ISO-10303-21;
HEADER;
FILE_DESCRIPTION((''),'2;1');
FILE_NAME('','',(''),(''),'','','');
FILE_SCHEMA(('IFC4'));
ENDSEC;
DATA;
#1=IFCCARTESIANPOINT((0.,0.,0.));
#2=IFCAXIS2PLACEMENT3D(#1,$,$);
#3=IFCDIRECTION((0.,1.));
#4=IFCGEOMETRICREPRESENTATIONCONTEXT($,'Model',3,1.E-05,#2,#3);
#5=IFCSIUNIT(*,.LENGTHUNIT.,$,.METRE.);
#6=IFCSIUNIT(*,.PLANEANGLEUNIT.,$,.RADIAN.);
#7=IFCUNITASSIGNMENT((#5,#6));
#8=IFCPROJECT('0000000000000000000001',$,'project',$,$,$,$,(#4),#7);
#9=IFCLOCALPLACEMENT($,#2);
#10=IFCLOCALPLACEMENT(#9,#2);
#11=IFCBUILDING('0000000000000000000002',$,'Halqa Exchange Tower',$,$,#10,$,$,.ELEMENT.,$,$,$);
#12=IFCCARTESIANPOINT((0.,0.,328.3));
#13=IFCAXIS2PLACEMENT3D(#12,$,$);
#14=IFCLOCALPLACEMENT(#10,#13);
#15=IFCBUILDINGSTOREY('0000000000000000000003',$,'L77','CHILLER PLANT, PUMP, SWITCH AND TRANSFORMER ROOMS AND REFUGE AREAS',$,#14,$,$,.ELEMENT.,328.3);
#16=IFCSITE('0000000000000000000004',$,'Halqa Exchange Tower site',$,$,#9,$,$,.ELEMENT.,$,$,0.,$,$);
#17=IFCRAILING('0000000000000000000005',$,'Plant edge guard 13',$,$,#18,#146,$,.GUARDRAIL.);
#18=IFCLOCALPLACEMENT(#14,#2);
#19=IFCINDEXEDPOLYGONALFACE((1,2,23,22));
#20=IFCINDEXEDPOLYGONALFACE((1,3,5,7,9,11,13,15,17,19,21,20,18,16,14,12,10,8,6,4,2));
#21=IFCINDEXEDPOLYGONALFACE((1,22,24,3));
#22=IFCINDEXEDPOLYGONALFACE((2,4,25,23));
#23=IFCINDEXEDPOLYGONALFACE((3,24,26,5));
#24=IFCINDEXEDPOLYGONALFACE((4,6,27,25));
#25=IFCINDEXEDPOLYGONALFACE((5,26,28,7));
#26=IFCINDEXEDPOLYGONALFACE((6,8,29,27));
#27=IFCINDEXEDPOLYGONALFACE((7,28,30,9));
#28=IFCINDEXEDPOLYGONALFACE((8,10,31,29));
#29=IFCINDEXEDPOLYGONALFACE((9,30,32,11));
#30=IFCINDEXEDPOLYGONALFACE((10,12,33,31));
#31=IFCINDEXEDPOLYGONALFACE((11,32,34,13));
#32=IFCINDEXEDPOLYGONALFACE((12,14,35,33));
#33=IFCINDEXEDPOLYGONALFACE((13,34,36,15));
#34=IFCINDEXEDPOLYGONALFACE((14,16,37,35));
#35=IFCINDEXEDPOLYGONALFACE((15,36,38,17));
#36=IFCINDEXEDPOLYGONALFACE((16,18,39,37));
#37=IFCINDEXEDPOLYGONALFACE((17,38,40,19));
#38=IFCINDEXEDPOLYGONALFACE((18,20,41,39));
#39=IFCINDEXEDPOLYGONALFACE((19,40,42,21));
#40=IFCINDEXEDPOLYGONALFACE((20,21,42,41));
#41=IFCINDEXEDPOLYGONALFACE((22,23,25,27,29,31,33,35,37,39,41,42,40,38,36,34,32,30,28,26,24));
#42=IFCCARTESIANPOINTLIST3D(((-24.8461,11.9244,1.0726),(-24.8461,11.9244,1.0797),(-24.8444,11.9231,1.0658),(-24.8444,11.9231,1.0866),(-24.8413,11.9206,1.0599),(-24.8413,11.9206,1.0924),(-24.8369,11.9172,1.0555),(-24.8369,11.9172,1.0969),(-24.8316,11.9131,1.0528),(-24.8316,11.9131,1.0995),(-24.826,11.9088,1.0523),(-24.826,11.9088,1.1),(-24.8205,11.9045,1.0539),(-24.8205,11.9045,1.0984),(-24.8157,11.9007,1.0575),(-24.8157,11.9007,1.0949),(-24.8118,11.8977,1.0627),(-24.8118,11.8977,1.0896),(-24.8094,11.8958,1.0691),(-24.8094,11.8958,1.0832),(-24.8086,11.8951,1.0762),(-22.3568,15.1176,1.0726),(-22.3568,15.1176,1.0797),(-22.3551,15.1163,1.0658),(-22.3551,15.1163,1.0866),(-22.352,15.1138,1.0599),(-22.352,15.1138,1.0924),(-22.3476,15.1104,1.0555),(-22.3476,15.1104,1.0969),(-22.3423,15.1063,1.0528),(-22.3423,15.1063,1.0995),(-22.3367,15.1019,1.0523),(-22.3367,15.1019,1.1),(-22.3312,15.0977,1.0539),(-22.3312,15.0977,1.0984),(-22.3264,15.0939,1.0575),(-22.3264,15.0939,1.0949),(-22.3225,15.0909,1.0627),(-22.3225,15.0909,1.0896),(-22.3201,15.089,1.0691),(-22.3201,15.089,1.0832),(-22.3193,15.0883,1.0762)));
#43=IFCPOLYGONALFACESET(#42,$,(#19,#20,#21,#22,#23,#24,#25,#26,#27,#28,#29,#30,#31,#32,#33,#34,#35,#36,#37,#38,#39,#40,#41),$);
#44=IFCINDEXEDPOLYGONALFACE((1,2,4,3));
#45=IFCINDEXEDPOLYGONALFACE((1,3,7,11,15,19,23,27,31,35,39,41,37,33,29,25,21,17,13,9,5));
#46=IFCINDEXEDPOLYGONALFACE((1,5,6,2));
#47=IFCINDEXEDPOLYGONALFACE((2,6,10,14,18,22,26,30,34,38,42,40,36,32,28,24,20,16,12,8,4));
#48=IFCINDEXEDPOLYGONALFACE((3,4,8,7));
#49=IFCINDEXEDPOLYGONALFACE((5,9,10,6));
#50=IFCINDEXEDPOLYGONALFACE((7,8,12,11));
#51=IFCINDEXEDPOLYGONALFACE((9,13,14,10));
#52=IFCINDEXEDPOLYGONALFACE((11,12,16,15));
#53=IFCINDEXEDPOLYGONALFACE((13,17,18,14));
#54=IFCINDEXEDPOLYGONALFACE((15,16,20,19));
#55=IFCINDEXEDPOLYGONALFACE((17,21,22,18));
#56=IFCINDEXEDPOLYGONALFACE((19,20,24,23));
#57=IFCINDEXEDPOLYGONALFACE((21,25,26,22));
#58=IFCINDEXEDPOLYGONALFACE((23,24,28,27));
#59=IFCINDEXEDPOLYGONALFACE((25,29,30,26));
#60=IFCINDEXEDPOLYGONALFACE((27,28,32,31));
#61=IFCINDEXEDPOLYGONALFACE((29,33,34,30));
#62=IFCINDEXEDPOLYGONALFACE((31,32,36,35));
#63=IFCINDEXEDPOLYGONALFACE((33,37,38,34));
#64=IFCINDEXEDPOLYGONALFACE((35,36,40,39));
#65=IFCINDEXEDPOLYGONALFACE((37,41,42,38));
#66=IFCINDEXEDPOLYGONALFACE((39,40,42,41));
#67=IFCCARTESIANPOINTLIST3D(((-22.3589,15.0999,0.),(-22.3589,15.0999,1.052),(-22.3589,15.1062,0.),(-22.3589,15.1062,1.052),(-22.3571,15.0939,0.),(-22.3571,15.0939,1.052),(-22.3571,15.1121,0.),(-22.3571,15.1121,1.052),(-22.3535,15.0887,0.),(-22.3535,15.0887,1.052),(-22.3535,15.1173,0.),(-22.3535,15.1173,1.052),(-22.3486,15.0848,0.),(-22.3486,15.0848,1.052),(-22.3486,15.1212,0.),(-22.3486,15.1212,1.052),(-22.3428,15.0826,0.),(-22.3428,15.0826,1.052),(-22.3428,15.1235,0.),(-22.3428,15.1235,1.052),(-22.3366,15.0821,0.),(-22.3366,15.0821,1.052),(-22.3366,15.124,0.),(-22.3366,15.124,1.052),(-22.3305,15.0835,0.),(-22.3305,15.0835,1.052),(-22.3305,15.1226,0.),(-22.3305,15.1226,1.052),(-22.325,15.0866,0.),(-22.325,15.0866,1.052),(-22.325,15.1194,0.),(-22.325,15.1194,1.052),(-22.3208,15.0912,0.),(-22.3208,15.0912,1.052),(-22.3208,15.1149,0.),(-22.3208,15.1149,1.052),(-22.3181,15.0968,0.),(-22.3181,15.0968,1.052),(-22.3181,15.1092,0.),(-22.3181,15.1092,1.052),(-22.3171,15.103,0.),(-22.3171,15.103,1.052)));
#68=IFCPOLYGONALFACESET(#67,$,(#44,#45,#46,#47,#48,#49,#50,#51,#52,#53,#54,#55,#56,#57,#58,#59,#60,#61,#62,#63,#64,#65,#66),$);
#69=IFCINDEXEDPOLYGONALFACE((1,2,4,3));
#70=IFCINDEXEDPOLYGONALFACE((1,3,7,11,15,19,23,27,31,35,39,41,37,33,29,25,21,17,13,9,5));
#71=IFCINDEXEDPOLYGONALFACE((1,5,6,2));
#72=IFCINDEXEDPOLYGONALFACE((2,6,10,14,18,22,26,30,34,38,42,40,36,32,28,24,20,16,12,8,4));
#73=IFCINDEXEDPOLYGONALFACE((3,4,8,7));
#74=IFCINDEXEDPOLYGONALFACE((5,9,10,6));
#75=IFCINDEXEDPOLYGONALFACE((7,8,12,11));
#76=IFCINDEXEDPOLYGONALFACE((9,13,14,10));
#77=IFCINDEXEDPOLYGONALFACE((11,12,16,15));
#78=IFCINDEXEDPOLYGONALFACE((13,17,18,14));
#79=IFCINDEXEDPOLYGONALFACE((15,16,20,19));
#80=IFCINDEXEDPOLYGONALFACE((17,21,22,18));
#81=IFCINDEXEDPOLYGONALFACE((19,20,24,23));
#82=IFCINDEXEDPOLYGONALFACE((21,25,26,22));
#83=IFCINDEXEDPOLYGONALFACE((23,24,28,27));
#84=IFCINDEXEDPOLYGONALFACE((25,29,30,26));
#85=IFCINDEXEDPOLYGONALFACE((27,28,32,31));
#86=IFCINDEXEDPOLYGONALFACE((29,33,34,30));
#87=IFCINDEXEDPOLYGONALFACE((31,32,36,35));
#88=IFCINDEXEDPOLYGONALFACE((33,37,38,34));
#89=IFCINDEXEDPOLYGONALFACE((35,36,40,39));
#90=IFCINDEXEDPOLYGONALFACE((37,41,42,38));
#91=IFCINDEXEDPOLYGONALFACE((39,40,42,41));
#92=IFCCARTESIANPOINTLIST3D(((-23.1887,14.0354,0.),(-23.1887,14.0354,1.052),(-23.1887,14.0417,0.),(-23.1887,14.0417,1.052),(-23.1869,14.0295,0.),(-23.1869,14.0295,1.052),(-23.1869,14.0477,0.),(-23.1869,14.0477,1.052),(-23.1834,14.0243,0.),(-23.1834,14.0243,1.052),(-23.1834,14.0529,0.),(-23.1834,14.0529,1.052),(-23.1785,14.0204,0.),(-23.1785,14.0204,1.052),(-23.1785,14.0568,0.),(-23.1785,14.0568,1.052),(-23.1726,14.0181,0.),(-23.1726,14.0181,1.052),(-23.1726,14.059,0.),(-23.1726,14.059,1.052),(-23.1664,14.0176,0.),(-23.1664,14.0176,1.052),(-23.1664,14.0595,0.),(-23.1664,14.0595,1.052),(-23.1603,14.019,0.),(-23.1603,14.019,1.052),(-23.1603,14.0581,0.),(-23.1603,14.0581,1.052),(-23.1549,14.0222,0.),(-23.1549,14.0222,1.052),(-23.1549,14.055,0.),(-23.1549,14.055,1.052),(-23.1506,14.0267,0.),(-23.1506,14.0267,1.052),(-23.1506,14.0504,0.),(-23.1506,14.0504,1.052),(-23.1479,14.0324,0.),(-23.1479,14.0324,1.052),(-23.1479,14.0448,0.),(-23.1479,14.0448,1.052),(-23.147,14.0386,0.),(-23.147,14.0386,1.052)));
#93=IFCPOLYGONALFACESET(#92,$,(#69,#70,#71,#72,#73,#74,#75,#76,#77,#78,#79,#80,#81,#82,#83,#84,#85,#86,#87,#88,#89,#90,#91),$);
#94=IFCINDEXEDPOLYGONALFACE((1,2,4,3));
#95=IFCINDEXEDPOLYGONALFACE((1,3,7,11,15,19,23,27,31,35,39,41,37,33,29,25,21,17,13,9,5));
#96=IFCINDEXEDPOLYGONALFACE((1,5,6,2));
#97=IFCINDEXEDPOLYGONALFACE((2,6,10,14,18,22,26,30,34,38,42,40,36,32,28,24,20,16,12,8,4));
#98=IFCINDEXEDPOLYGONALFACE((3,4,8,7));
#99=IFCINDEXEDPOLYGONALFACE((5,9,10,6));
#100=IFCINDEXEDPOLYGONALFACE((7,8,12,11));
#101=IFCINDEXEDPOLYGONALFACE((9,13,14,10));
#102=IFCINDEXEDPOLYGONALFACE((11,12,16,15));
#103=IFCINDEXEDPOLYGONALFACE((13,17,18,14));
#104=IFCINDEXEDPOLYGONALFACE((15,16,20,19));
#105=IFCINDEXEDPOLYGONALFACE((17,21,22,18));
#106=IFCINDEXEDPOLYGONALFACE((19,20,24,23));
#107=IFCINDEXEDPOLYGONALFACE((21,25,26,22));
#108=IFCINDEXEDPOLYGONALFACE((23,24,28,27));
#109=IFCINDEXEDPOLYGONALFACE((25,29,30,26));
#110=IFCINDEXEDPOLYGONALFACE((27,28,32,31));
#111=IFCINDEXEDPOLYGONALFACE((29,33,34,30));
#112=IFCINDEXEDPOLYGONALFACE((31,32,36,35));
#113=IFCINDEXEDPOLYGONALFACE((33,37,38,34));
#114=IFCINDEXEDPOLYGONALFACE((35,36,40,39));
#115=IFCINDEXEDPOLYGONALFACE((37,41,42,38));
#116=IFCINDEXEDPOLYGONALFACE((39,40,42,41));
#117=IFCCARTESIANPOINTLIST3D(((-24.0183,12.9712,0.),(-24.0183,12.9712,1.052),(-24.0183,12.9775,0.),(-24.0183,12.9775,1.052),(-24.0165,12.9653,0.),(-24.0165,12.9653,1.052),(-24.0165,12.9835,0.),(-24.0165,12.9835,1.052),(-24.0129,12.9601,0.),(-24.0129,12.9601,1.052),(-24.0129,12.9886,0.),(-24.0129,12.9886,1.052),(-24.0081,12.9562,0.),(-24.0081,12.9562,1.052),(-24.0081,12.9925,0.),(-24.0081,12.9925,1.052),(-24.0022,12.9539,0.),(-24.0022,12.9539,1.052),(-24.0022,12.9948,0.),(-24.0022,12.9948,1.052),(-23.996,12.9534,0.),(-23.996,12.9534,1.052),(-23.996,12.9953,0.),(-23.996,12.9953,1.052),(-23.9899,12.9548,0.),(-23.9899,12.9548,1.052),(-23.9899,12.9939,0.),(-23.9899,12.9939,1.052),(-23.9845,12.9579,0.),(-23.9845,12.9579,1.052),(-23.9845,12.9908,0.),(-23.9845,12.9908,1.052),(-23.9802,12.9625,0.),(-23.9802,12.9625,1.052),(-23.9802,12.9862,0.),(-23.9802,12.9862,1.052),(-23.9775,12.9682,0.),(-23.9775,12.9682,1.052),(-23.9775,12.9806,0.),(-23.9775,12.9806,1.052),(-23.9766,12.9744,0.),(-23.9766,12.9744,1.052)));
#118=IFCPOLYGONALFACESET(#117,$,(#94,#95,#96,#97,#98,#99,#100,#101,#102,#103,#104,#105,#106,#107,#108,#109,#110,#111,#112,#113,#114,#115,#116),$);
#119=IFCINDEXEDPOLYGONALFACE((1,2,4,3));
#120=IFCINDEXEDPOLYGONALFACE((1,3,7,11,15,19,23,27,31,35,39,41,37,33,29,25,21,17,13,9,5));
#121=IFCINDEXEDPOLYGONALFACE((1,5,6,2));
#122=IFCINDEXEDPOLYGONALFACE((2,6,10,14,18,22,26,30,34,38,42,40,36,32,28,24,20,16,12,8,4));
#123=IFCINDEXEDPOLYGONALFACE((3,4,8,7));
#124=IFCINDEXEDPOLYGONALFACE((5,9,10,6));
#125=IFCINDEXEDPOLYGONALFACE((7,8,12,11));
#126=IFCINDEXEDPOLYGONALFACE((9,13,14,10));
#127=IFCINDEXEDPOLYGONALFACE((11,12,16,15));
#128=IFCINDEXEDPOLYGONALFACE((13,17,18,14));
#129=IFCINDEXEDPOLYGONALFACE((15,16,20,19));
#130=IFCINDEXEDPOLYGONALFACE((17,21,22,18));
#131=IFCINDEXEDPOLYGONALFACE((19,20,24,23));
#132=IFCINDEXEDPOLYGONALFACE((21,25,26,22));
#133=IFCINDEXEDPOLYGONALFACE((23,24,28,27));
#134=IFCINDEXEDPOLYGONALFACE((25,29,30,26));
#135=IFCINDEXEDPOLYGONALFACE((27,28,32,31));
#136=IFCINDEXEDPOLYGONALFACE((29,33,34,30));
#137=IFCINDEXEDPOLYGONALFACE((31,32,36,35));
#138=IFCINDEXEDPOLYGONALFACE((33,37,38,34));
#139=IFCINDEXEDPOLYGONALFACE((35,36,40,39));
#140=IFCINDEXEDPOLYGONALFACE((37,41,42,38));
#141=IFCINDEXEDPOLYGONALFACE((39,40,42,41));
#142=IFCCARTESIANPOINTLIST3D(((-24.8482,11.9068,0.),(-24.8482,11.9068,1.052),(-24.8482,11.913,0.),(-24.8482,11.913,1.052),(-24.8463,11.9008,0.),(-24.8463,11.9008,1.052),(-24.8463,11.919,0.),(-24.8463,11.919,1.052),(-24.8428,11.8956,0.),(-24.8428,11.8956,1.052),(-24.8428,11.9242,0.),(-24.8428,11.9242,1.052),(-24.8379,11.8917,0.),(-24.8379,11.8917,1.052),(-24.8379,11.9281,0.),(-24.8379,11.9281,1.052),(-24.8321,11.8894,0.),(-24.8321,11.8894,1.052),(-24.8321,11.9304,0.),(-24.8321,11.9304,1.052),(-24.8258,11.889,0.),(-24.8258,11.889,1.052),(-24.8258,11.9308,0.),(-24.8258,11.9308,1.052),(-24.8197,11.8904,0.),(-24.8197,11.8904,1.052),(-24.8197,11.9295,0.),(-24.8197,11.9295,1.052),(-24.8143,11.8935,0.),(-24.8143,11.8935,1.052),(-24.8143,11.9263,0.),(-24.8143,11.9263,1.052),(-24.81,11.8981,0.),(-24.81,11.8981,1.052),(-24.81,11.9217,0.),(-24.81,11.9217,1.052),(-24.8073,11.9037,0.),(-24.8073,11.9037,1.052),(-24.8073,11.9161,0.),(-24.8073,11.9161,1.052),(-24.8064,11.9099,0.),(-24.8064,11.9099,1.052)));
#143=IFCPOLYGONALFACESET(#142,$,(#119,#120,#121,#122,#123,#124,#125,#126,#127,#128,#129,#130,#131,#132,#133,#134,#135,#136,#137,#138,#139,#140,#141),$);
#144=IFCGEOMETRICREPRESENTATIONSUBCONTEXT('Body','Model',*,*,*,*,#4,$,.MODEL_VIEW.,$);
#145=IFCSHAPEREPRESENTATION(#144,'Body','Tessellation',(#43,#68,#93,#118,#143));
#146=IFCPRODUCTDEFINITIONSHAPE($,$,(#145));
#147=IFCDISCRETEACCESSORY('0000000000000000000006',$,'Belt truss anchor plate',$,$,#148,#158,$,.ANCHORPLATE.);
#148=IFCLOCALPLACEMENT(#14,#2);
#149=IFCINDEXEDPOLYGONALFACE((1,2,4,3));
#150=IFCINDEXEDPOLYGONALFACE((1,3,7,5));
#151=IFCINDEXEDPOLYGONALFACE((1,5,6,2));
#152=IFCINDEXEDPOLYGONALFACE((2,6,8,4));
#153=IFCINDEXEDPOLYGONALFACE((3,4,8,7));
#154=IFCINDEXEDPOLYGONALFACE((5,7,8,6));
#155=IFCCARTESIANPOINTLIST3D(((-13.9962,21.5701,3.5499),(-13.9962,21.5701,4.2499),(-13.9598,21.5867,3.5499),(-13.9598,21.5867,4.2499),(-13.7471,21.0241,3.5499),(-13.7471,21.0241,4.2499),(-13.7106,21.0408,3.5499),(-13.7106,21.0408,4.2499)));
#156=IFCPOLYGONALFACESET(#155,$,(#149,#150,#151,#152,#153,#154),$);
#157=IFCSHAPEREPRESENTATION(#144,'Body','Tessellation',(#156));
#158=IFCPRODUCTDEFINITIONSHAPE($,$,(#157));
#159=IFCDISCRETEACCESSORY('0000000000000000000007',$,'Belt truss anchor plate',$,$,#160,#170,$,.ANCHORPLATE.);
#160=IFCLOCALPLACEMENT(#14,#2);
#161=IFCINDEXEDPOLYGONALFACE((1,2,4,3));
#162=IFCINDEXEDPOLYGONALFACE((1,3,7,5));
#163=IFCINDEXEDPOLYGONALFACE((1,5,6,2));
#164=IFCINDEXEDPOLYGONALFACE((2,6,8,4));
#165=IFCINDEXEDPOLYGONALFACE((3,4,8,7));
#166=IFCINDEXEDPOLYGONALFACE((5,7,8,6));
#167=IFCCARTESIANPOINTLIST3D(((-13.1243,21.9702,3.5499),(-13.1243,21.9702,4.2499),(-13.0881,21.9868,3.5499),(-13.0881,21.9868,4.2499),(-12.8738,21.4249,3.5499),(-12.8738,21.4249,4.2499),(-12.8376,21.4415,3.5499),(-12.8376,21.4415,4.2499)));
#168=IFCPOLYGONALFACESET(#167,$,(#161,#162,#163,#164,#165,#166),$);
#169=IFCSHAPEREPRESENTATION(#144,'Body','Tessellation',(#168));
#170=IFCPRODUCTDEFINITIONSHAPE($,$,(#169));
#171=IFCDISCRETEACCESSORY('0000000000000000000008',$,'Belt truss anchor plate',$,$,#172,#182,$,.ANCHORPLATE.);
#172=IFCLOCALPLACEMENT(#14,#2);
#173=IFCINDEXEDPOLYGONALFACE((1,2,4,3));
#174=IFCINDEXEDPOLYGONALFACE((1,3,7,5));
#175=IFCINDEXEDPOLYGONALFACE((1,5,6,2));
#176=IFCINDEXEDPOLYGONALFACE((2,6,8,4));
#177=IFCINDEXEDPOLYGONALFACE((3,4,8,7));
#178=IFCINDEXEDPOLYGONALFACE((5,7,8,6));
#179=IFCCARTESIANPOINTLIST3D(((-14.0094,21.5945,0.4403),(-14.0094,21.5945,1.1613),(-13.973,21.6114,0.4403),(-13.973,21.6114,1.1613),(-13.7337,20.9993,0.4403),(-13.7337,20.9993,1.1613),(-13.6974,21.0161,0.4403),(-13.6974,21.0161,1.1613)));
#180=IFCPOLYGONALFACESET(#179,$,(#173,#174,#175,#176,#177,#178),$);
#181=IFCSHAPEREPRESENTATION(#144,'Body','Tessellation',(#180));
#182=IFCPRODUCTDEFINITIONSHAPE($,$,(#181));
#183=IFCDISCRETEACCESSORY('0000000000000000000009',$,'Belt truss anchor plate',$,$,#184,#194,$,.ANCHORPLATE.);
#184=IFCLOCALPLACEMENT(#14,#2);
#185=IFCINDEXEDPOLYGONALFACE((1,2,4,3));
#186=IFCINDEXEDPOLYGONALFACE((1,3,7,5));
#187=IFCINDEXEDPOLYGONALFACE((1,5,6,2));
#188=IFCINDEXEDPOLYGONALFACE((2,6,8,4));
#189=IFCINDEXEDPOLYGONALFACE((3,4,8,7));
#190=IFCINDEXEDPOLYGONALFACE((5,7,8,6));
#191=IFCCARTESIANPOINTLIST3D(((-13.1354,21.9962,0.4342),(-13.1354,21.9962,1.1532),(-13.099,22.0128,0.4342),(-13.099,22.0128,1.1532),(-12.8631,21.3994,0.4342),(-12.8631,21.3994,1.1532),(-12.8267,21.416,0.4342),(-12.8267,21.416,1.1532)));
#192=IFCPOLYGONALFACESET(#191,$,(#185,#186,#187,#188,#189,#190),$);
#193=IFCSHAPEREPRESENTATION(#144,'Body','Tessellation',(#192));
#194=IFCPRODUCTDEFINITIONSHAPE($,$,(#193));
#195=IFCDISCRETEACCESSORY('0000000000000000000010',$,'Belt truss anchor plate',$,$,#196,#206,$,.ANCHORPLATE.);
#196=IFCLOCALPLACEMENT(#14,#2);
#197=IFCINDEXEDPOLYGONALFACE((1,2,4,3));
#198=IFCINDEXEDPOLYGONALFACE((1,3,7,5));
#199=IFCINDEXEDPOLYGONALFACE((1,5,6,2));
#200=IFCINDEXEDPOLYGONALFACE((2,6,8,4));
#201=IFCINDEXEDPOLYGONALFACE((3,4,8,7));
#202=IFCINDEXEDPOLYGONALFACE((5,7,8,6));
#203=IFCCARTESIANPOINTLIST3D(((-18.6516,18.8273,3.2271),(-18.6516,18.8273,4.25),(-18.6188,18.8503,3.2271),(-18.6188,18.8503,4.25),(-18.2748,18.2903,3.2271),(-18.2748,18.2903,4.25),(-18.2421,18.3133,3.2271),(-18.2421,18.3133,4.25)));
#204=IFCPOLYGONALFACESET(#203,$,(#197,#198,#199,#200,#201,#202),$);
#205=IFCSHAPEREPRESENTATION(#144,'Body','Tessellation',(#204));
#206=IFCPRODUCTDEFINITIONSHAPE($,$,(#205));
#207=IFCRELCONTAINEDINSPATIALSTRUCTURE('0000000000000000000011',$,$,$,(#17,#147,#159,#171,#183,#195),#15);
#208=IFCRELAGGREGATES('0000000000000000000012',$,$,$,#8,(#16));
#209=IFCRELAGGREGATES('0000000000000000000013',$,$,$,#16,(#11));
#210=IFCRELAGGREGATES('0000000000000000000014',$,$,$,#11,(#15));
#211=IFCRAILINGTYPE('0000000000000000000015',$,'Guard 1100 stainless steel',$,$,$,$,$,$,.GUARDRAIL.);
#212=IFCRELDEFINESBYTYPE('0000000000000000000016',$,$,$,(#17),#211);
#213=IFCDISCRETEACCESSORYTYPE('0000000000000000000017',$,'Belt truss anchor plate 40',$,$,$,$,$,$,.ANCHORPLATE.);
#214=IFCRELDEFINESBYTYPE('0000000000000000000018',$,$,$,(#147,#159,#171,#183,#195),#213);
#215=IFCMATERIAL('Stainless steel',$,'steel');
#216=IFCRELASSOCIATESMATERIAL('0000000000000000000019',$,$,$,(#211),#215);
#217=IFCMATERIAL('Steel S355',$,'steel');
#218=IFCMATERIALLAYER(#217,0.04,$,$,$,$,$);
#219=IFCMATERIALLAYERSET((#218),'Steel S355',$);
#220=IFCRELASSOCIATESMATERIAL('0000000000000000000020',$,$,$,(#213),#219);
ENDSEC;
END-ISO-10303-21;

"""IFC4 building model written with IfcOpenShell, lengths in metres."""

from ifc_helpers import new_model, si_unit, direction, frame, origin, origin_2d, place, context, subcontext, project, spatial, rectangle, circle, extrude, material, layer, layer_set, type_object, element, save


model = new_model("IFC4")

# Units and contexts
model_context = context("Model", 3, precision=1e-05, world=origin(), true_north=direction((0.0, 1.0)))
body_context = subcontext(model_context, "Body", "Model", "MODEL_VIEW")
ifc_project = project(units=[si_unit("LENGTHUNIT", "METRE"), si_unit("PLANEANGLEUNIT", "RADIAN")], contexts=[model_context])

# Site, building, storey
site_placement = place(None, origin())
site = spatial("IfcSite", under=ifc_project, at=site_placement, Name="Halqa Exchange Tower site", CompositionType="ELEMENT", RefElevation=0.0)
building_placement = place(site_placement, origin())
building = spatial("IfcBuilding", under=site, at=building_placement, Name="Halqa Exchange Tower", CompositionType="ELEMENT")
storey_placement = place(building_placement, frame((0.0, 0.0, 328.3)))
storey = spatial("IfcBuildingStorey", under=building, at=storey_placement, Name="L77", Description="CHILLER PLANT, PUMP, SWITCH AND TRANSFORMER ROOMS AND REFUGE AREAS", CompositionType="ELEMENT", Elevation=328.3)

# Shared definitions
ifc_material_1 = material(Name="Steel S355", Category="steel")

# Railing
ifc_material_2 = material(Name="Stainless steel", Category="steel")
railing_type = type_object("IfcRailingType", Name="Guard 1100 stainless steel", PredefinedType="GUARDRAIL", material=ifc_material_2)
railing_1_placement = place(storey_placement, frame((-22.3381, 15.103, 0.0)))
element("IfcRailing", 1, at=railing_1_placement, inside=storey, type_object=railing_type, Name="Plant edge guard 13", PredefinedType="GUARDRAIL", context=body_context, shape_type="SweptSolid", body=[
    extrude(circle(Radius=0.0239, at=origin_2d()), frame((0.0, 0.0, 1.0762), z_axis=(-0.614821, -0.788667, 0.0), x_axis=(0.788667, -0.614821, 0.0)), (0.0, 0.0, 1.0), 4.0488),
    extrude(circle(Radius=0.021, at=origin_2d()), origin(), (0.0, 0.0, 1.0), 1.052),
    extrude(circle(Radius=0.021, at=origin_2d()), frame((-0.8298, -1.0645, 0.0)), (0.0, 0.0, 1.0), 1.052),
    extrude(circle(Radius=0.021, at=origin_2d()), frame((-1.6594, -2.1287, 0.0)), (0.0, 0.0, 1.0), 1.052),
    extrude(circle(Radius=0.021, at=origin_2d()), frame((-2.4893, -3.1931, 0.0)), (0.0, 0.0, 1.0), 1.052),
])

# Discrete accessories
ifc_layer_1 = layer(ifc_material_1, 0.04)
ifc_layer_set_1 = layer_set([ifc_layer_1], Name="Steel S355")
discrete_accessory_type = type_object("IfcDiscreteAccessoryType", Name="Belt truss anchor plate 40", PredefinedType="ANCHORPLATE", material=ifc_layer_set_1)
discrete_accessory_1_placement = place(storey_placement, frame((-13.8352, 21.3137, 3.8999), z_axis=(-0.909738, -0.415183, 0.0), x_axis=(0.415183, -0.909738, 0.0)))
element("IfcDiscreteAccessory", 2, at=discrete_accessory_1_placement, inside=storey, type_object=discrete_accessory_type, Name="Belt truss anchor plate", PredefinedType="ANCHORPLATE", context=body_context, shape_type="SweptSolid", body=[
    extrude(rectangle(XDim=0.6001, YDim=0.7, at=origin_2d()), origin(), (0.0, 0.0, 1.0), 0.04),
])
discrete_accessory_2_placement = place(storey_placement, frame((-12.999, 21.6975, 3.8999), z_axis=(0.908677, 0.4175, 0.0), x_axis=(-0.4175, 0.908677, 0.0)))
element("IfcDiscreteAccessory", 3, at=discrete_accessory_2_placement, inside=storey, type_object=discrete_accessory_type, Name="Belt truss anchor plate", PredefinedType="ANCHORPLATE", context=body_context, shape_type="SweptSolid", body=[
    extrude(rectangle(XDim=0.6001, YDim=0.7, at=origin_2d()), origin(), (0.0, 0.0, 1.0), 0.0398),
])
discrete_accessory_3_placement = place(storey_placement, frame((-13.8352, 21.3137, 0.8008), z_axis=(-0.907424, -0.420216, 0.0), x_axis=(0.420216, -0.907424, 0.0)))
element("IfcDiscreteAccessory", 4, at=discrete_accessory_3_placement, inside=storey, type_object=discrete_accessory_type, Name="Belt truss anchor plate", PredefinedType="ANCHORPLATE", context=body_context, shape_type="SweptSolid", body=[
    extrude(rectangle(XDim=0.656, YDim=0.7209, at=origin_2d()), origin(), (0.0, 0.0, 1.0), 0.04),
])
discrete_accessory_4_placement = place(storey_placement, frame((-12.9993, 21.6978, 0.7937), z_axis=(0.909738, 0.415183, 0.0), x_axis=(-0.415183, 0.909738, 0.0)))
element("IfcDiscreteAccessory", 5, at=discrete_accessory_4_placement, inside=storey, type_object=discrete_accessory_type, Name="Belt truss anchor plate", PredefinedType="ANCHORPLATE", context=body_context, shape_type="SweptSolid", body=[
    extrude(rectangle(XDim=0.656, YDim=0.719, at=origin_2d()), origin(), (0.0, 0.0, 1.0), 0.04),
])
discrete_accessory_5_placement = place(storey_placement, frame((-18.4304, 18.5818, 3.7385), z_axis=(-0.818657, -0.574282, 0.0), x_axis=(0.574282, -0.818657, 0.0)))
element("IfcDiscreteAccessory", 6, at=discrete_accessory_5_placement, inside=storey, type_object=discrete_accessory_type, Name="Belt truss anchor plate", PredefinedType="ANCHORPLATE", context=body_context, shape_type="SweptSolid", body=[
    extrude(rectangle(XDim=0.656, YDim=1.0229, at=origin_2d()), origin(), (0.0, 0.0, 1.0), 0.04),
])

save(model, "model.ifc")
